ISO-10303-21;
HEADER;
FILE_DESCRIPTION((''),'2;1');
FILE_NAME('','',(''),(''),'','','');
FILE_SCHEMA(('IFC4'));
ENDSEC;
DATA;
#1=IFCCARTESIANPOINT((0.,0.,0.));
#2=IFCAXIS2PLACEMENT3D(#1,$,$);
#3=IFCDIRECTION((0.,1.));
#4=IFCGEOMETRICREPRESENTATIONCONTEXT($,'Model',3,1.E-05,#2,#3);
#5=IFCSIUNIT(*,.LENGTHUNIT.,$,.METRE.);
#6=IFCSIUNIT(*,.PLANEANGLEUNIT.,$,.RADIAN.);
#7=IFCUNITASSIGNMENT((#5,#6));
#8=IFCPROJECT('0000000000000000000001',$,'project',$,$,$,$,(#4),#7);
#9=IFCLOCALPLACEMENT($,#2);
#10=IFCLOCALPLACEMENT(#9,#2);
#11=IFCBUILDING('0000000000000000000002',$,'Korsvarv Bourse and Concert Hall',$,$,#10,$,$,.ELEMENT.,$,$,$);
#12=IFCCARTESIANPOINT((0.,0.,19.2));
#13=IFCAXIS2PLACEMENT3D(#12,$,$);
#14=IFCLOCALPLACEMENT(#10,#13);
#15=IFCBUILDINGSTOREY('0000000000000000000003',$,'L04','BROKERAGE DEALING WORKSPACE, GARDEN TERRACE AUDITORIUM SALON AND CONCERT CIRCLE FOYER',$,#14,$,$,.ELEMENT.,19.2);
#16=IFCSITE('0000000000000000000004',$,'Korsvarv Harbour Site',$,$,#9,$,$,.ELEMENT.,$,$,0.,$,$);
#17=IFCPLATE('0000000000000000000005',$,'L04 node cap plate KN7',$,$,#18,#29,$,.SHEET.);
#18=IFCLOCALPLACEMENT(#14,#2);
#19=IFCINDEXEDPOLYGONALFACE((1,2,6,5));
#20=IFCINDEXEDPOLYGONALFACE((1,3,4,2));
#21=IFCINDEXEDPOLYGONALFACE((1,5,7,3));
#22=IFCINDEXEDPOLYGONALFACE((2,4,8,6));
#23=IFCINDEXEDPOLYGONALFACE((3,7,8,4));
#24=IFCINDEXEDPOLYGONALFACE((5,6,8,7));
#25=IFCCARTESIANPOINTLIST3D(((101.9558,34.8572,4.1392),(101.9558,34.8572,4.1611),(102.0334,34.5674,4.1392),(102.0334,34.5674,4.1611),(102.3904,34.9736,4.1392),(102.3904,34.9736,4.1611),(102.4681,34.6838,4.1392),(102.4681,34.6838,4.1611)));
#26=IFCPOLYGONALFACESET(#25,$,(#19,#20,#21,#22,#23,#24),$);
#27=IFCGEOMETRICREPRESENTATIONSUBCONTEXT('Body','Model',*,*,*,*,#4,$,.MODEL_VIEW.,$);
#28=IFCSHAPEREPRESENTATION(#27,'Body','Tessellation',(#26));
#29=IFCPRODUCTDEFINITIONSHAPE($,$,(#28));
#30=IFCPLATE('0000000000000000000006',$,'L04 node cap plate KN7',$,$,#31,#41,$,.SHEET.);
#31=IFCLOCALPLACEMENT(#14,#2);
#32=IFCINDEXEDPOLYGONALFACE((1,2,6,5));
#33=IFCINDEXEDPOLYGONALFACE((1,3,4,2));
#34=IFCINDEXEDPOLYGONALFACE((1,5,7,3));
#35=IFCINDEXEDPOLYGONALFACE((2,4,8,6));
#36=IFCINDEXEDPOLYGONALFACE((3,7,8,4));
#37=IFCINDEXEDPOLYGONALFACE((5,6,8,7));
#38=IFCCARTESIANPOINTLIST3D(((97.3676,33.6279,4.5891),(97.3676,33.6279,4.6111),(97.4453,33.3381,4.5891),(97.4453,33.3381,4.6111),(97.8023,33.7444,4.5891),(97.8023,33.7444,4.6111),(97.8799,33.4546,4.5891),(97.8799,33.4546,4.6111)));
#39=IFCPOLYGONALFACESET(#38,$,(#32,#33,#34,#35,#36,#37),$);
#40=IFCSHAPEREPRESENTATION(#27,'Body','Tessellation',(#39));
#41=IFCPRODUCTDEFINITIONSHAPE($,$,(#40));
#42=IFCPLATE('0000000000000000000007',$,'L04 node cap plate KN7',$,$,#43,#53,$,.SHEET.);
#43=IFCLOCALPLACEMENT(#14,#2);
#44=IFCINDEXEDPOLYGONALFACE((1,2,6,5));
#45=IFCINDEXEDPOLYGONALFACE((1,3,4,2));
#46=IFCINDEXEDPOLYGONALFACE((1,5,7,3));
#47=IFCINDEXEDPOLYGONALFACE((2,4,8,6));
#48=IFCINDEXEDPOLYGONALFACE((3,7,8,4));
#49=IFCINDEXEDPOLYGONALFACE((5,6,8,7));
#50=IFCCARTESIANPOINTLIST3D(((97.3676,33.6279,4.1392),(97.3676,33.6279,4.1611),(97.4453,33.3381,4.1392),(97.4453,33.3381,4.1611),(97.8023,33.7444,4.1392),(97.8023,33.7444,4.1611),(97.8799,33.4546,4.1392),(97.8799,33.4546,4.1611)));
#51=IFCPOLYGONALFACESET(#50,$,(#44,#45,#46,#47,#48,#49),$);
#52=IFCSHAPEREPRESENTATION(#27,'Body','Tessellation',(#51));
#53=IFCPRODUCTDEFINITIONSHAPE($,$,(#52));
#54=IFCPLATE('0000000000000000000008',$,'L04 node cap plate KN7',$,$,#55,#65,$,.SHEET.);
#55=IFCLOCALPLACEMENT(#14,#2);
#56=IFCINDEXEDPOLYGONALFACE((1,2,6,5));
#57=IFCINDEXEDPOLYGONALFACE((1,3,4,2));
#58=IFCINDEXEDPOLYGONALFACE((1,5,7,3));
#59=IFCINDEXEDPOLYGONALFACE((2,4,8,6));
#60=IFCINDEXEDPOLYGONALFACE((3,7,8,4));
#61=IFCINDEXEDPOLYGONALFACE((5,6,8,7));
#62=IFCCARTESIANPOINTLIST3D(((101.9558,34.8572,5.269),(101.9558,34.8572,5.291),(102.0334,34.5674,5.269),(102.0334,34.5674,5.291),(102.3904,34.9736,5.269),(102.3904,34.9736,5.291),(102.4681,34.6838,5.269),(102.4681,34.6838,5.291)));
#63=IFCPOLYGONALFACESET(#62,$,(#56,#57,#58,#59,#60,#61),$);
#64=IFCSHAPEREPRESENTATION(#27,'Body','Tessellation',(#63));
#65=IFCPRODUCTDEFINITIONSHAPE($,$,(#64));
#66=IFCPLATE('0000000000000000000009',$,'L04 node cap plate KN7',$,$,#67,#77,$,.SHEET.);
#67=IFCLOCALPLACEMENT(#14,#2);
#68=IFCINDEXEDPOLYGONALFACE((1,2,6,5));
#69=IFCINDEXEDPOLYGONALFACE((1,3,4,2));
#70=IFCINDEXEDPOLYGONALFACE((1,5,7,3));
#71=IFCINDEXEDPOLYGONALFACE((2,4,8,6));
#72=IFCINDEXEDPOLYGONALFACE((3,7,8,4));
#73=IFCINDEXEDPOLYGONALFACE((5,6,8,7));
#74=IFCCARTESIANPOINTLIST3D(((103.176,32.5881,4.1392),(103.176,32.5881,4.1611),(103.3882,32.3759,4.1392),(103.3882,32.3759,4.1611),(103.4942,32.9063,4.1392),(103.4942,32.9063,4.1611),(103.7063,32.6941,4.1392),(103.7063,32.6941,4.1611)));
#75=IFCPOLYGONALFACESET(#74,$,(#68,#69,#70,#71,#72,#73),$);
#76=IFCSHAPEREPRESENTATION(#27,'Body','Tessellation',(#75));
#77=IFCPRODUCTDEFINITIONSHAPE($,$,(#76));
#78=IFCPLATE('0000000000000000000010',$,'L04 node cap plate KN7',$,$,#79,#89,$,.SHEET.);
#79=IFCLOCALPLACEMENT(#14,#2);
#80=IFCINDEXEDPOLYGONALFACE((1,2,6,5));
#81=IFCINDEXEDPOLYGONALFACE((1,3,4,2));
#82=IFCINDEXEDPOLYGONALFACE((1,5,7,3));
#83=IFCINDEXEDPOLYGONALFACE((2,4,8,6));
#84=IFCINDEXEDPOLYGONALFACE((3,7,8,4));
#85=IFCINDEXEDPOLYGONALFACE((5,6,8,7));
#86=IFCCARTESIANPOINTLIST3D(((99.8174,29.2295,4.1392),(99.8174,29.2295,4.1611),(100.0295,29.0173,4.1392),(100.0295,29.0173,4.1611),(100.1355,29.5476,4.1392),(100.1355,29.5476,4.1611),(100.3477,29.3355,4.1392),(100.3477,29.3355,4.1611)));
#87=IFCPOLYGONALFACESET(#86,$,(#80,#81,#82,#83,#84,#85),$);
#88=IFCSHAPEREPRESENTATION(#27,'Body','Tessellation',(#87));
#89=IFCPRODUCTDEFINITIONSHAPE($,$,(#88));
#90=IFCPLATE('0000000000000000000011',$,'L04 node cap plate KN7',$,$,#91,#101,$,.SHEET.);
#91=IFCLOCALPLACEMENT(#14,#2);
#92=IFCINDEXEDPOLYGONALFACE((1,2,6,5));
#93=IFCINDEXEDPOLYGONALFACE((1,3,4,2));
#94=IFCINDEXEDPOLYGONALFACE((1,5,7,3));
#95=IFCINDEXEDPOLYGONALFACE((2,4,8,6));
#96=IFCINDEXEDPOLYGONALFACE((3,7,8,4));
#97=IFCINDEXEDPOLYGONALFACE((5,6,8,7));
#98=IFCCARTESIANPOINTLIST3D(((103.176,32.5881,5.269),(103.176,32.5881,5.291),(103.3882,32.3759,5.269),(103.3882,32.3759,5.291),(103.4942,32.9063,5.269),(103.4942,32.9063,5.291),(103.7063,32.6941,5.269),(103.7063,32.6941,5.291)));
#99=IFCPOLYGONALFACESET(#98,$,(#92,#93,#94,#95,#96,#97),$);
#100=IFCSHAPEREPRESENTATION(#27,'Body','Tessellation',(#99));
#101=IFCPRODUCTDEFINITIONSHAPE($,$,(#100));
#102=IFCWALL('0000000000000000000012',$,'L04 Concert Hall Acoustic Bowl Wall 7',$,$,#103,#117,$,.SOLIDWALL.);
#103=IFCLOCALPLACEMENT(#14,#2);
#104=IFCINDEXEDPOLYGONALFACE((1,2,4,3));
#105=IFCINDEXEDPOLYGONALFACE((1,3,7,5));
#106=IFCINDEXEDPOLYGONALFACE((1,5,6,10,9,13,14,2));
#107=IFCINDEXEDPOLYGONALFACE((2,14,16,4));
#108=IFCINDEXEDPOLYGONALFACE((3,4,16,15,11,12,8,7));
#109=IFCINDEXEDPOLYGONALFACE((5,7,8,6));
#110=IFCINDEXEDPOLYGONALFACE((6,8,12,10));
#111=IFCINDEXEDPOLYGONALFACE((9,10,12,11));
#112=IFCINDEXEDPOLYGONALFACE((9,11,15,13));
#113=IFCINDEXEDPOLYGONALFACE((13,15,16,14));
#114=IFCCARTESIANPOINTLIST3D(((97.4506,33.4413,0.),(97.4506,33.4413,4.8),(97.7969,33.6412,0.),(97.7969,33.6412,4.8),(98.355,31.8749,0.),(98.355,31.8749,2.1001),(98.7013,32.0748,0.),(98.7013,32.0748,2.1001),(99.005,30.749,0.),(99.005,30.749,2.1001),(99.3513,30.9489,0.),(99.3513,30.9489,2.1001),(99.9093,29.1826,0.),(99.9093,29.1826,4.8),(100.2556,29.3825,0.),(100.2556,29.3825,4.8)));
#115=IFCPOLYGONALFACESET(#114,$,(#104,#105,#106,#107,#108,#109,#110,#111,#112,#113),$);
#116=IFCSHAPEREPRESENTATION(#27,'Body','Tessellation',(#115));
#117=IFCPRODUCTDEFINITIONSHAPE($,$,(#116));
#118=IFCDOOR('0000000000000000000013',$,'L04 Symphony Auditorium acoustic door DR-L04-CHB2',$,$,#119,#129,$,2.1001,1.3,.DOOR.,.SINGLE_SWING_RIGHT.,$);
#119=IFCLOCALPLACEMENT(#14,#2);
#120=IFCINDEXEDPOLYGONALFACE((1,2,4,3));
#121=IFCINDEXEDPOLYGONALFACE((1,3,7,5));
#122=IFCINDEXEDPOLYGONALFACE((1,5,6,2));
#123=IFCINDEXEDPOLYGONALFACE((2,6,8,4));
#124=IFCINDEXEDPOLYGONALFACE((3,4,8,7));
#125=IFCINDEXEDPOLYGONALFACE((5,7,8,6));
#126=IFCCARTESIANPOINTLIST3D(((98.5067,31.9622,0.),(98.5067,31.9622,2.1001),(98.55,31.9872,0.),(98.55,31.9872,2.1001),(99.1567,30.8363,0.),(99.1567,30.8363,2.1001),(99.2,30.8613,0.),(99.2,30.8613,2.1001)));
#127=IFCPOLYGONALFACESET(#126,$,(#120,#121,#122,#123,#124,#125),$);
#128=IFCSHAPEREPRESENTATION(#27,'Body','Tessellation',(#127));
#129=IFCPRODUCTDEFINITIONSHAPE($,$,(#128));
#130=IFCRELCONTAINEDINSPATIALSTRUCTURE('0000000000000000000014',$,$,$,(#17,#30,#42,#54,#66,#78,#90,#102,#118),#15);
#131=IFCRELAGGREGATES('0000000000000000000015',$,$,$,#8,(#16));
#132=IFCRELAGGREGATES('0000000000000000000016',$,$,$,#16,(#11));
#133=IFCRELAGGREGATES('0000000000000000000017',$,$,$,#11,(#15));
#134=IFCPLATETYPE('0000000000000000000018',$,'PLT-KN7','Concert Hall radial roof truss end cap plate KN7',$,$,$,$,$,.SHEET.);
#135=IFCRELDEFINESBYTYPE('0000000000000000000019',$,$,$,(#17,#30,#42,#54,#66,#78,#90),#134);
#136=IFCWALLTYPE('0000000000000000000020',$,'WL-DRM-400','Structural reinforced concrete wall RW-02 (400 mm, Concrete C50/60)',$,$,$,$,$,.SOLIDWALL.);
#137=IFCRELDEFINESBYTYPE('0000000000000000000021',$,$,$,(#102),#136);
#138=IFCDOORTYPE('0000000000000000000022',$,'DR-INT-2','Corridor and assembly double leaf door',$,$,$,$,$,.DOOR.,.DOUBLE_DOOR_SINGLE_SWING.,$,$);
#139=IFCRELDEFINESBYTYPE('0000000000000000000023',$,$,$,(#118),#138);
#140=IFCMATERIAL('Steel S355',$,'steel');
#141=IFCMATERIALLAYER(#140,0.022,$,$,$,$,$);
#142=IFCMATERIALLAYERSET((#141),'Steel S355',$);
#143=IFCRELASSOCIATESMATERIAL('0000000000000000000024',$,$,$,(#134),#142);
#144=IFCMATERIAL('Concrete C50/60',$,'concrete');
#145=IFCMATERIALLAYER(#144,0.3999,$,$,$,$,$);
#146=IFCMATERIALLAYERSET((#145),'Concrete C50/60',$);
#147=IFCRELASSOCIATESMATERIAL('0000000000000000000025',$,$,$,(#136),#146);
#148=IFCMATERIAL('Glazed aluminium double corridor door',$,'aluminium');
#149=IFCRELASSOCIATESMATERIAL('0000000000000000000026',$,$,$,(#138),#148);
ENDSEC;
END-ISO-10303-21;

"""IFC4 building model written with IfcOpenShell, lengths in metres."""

from ifc_helpers import new_model, si_unit, direction, frame, frame_2d, origin, origin_2d, place, context, subcontext, project, spatial, rectangle, extrude, source, transform, mapped, material, layer, layer_set, type_object, element, fill, save


model = new_model("IFC4")

# Units and contexts
model_context = context("Model", 3, precision=1e-05, world=origin(), true_north=direction((0.0, 1.0)))
body_context = subcontext(model_context, "Body", "Model", "MODEL_VIEW")
ifc_project = project(units=[si_unit("LENGTHUNIT", "METRE"), si_unit("PLANEANGLEUNIT", "RADIAN")], contexts=[model_context])

# Site, building, storey
site_placement = place(None, origin())
site = spatial("IfcSite", under=ifc_project, at=site_placement, Name="Korsvarv Harbour Site", CompositionType="ELEMENT", RefElevation=0.0)
building_placement = place(site_placement, origin())
building = spatial("IfcBuilding", under=site, at=building_placement, Name="Korsvarv Bourse and Concert Hall", CompositionType="ELEMENT")
storey_placement = place(building_placement, frame((0.0, 0.0, 19.2)))
storey = spatial("IfcBuildingStorey", under=building, at=storey_placement, Name="L04", Description="BROKERAGE DEALING WORKSPACE, GARDEN TERRACE AUDITORIUM SALON AND CONCERT CIRCLE FOYER", CompositionType="ELEMENT", Elevation=19.2)

# Shared definitions
ifc_material_1 = material(Name="Steel S355", Category="steel")

# Plates
ifc_layer_1 = layer(ifc_material_1, 0.022)
ifc_layer_set_1 = layer_set([ifc_layer_1], Name="Steel S355")
plate_type = type_object("IfcPlateType", Name="PLT-KN7", Description="Concert Hall radial roof truss end cap plate KN7", PredefinedType="SHEET", material=ifc_layer_set_1)
shared_shape_1 = source(origin(), body_context, "Body", "SweptSolid", [
    extrude(rectangle(XDim=0.45, YDim=0.3, at=origin_2d()), origin(), (0.0, 0.0, 1.0), 0.022),
])
for number, where, z_axis, x_axis, name in (
    (1, (102.2119, 34.7705, 4.1392), (0.0, 0.0, 1.0), (0.965926, 0.258819, 0.0), "L04 node cap plate KN7"),
    (2, (97.6238, 33.5413, 4.5891), (0.0, 0.0, 1.0), (0.965926, 0.258819, 0.0), "L04 node cap plate KN7"),
    (3, (97.6238, 33.5413, 4.1392), (0.0, 0.0, 1.0), (0.965926, 0.258819, 0.0), "L04 node cap plate KN7"),
    (4, (102.2119, 34.7705, 5.269), (0.0, 0.0, 1.0), (0.965926, 0.258819, 0.0), "L04 node cap plate KN7"),
    (5, (103.4412, 32.6411, 4.1392), (0.0, 0.0, 1.0), (0.707107, 0.707107, 0.0), "L04 node cap plate KN7"),
    (6, (100.0825, 29.2825, 4.1392), (0.0, 0.0, 1.0), (0.707107, 0.707107, 0.0), "L04 node cap plate KN7"),
    (7, (103.4412, 32.6411, 5.269), (0.0, 0.0, 1.0), (0.707107, 0.707107, 0.0), "L04 node cap plate KN7"),
):
    element("IfcPlate", number, at=place(storey_placement, frame(where, z_axis=z_axis, x_axis=x_axis)), inside=storey, type_object=plate_type, Name=name, PredefinedType="SHEET", context=body_context, shape_type="MappedRepresentation", body=[
        mapped(shared_shape_1, transform((0.0, 0.0, 0.0), scale=1.0)),
    ])

# Wall, opening, door
ifc_material_2 = material(Name="Concrete C50/60", Category="concrete")
ifc_layer_2 = layer(ifc_material_2, 0.3999)
ifc_layer_set_2 = layer_set([ifc_layer_2], Name="Concrete C50/60")
wall_type = type_object("IfcWallType", Name="WL-DRM-400", Description="Structural reinforced concrete wall RW-02 (400 mm, Concrete C50/60)", PredefinedType="SOLIDWALL", material=ifc_layer_set_2)
wall_placement = place(storey_placement, frame((97.6238, 33.5413, 0.0), z_axis=(0.0, 0.0, 1.0), x_axis=(0.499989, -0.866032, 0.0)))
wall = element("IfcWall", 8, at=wall_placement, inside=storey, type_object=wall_type, Name="L04 Concert Hall Acoustic Bowl Wall 7", PredefinedType="SOLIDWALL", context=body_context, shape_type="SweptSolid", body=[
    extrude(rectangle(XDim=4.9175, YDim=0.3999, at=frame_2d((2.4587, 0.0))), origin(), (0.0, 0.0, 1.0), 4.8),
])
opening_placement = place(wall_placement, frame((1.8088, 0.0, 0.0)))
opening = element("IfcOpeningElement", 9, at=opening_placement, cuts=wall, PredefinedType="OPENING", context=body_context, shape_type="SweptSolid", body=[
    extrude(rectangle(XDim=1.3, YDim=2.1001, at=frame_2d((0.6499, 1.05))), frame((0.0, 0.21, 0.0), z_axis=(0.0, -1.0, 0.0), x_axis=(1.0, 0.0, 0.0)), (0.0, 0.0, 1.0), 0.4199),
])
ifc_material_3 = material(Name="Glazed aluminium double corridor door", Category="aluminium")
door_type = type_object("IfcDoorType", Name="DR-INT-2", Description="Corridor and assembly double leaf door", OperationType="DOUBLE_DOOR_SINGLE_SWING", PredefinedType="DOOR", material=ifc_material_3)
door_placement = place(opening_placement, frame((1.3, 0.0, 0.0), z_axis=(0.0, 0.0, 1.0), x_axis=(-1.0, 0.0, 0.0)))
door = element("IfcDoor", 10, at=door_placement, inside=storey, type_object=door_type, Name="L04 Symphony Auditorium acoustic door DR-L04-CHB2", OperationType="SINGLE_SWING_RIGHT", OverallHeight=2.1001, OverallWidth=1.3, PredefinedType="DOOR", context=body_context, shape_type="SweptSolid", body=[
    extrude(rectangle(XDim=1.3, YDim=2.1001, at=frame_2d((0.6499, 1.05))), frame((0.0, 0.0249, 0.0), z_axis=(0.0, -1.0, 0.0), x_axis=(1.0, 0.0, 0.0)), (0.0, 0.0, 1.0), 0.05),
])
fill(opening, door)

save(model, "model.ifc")
